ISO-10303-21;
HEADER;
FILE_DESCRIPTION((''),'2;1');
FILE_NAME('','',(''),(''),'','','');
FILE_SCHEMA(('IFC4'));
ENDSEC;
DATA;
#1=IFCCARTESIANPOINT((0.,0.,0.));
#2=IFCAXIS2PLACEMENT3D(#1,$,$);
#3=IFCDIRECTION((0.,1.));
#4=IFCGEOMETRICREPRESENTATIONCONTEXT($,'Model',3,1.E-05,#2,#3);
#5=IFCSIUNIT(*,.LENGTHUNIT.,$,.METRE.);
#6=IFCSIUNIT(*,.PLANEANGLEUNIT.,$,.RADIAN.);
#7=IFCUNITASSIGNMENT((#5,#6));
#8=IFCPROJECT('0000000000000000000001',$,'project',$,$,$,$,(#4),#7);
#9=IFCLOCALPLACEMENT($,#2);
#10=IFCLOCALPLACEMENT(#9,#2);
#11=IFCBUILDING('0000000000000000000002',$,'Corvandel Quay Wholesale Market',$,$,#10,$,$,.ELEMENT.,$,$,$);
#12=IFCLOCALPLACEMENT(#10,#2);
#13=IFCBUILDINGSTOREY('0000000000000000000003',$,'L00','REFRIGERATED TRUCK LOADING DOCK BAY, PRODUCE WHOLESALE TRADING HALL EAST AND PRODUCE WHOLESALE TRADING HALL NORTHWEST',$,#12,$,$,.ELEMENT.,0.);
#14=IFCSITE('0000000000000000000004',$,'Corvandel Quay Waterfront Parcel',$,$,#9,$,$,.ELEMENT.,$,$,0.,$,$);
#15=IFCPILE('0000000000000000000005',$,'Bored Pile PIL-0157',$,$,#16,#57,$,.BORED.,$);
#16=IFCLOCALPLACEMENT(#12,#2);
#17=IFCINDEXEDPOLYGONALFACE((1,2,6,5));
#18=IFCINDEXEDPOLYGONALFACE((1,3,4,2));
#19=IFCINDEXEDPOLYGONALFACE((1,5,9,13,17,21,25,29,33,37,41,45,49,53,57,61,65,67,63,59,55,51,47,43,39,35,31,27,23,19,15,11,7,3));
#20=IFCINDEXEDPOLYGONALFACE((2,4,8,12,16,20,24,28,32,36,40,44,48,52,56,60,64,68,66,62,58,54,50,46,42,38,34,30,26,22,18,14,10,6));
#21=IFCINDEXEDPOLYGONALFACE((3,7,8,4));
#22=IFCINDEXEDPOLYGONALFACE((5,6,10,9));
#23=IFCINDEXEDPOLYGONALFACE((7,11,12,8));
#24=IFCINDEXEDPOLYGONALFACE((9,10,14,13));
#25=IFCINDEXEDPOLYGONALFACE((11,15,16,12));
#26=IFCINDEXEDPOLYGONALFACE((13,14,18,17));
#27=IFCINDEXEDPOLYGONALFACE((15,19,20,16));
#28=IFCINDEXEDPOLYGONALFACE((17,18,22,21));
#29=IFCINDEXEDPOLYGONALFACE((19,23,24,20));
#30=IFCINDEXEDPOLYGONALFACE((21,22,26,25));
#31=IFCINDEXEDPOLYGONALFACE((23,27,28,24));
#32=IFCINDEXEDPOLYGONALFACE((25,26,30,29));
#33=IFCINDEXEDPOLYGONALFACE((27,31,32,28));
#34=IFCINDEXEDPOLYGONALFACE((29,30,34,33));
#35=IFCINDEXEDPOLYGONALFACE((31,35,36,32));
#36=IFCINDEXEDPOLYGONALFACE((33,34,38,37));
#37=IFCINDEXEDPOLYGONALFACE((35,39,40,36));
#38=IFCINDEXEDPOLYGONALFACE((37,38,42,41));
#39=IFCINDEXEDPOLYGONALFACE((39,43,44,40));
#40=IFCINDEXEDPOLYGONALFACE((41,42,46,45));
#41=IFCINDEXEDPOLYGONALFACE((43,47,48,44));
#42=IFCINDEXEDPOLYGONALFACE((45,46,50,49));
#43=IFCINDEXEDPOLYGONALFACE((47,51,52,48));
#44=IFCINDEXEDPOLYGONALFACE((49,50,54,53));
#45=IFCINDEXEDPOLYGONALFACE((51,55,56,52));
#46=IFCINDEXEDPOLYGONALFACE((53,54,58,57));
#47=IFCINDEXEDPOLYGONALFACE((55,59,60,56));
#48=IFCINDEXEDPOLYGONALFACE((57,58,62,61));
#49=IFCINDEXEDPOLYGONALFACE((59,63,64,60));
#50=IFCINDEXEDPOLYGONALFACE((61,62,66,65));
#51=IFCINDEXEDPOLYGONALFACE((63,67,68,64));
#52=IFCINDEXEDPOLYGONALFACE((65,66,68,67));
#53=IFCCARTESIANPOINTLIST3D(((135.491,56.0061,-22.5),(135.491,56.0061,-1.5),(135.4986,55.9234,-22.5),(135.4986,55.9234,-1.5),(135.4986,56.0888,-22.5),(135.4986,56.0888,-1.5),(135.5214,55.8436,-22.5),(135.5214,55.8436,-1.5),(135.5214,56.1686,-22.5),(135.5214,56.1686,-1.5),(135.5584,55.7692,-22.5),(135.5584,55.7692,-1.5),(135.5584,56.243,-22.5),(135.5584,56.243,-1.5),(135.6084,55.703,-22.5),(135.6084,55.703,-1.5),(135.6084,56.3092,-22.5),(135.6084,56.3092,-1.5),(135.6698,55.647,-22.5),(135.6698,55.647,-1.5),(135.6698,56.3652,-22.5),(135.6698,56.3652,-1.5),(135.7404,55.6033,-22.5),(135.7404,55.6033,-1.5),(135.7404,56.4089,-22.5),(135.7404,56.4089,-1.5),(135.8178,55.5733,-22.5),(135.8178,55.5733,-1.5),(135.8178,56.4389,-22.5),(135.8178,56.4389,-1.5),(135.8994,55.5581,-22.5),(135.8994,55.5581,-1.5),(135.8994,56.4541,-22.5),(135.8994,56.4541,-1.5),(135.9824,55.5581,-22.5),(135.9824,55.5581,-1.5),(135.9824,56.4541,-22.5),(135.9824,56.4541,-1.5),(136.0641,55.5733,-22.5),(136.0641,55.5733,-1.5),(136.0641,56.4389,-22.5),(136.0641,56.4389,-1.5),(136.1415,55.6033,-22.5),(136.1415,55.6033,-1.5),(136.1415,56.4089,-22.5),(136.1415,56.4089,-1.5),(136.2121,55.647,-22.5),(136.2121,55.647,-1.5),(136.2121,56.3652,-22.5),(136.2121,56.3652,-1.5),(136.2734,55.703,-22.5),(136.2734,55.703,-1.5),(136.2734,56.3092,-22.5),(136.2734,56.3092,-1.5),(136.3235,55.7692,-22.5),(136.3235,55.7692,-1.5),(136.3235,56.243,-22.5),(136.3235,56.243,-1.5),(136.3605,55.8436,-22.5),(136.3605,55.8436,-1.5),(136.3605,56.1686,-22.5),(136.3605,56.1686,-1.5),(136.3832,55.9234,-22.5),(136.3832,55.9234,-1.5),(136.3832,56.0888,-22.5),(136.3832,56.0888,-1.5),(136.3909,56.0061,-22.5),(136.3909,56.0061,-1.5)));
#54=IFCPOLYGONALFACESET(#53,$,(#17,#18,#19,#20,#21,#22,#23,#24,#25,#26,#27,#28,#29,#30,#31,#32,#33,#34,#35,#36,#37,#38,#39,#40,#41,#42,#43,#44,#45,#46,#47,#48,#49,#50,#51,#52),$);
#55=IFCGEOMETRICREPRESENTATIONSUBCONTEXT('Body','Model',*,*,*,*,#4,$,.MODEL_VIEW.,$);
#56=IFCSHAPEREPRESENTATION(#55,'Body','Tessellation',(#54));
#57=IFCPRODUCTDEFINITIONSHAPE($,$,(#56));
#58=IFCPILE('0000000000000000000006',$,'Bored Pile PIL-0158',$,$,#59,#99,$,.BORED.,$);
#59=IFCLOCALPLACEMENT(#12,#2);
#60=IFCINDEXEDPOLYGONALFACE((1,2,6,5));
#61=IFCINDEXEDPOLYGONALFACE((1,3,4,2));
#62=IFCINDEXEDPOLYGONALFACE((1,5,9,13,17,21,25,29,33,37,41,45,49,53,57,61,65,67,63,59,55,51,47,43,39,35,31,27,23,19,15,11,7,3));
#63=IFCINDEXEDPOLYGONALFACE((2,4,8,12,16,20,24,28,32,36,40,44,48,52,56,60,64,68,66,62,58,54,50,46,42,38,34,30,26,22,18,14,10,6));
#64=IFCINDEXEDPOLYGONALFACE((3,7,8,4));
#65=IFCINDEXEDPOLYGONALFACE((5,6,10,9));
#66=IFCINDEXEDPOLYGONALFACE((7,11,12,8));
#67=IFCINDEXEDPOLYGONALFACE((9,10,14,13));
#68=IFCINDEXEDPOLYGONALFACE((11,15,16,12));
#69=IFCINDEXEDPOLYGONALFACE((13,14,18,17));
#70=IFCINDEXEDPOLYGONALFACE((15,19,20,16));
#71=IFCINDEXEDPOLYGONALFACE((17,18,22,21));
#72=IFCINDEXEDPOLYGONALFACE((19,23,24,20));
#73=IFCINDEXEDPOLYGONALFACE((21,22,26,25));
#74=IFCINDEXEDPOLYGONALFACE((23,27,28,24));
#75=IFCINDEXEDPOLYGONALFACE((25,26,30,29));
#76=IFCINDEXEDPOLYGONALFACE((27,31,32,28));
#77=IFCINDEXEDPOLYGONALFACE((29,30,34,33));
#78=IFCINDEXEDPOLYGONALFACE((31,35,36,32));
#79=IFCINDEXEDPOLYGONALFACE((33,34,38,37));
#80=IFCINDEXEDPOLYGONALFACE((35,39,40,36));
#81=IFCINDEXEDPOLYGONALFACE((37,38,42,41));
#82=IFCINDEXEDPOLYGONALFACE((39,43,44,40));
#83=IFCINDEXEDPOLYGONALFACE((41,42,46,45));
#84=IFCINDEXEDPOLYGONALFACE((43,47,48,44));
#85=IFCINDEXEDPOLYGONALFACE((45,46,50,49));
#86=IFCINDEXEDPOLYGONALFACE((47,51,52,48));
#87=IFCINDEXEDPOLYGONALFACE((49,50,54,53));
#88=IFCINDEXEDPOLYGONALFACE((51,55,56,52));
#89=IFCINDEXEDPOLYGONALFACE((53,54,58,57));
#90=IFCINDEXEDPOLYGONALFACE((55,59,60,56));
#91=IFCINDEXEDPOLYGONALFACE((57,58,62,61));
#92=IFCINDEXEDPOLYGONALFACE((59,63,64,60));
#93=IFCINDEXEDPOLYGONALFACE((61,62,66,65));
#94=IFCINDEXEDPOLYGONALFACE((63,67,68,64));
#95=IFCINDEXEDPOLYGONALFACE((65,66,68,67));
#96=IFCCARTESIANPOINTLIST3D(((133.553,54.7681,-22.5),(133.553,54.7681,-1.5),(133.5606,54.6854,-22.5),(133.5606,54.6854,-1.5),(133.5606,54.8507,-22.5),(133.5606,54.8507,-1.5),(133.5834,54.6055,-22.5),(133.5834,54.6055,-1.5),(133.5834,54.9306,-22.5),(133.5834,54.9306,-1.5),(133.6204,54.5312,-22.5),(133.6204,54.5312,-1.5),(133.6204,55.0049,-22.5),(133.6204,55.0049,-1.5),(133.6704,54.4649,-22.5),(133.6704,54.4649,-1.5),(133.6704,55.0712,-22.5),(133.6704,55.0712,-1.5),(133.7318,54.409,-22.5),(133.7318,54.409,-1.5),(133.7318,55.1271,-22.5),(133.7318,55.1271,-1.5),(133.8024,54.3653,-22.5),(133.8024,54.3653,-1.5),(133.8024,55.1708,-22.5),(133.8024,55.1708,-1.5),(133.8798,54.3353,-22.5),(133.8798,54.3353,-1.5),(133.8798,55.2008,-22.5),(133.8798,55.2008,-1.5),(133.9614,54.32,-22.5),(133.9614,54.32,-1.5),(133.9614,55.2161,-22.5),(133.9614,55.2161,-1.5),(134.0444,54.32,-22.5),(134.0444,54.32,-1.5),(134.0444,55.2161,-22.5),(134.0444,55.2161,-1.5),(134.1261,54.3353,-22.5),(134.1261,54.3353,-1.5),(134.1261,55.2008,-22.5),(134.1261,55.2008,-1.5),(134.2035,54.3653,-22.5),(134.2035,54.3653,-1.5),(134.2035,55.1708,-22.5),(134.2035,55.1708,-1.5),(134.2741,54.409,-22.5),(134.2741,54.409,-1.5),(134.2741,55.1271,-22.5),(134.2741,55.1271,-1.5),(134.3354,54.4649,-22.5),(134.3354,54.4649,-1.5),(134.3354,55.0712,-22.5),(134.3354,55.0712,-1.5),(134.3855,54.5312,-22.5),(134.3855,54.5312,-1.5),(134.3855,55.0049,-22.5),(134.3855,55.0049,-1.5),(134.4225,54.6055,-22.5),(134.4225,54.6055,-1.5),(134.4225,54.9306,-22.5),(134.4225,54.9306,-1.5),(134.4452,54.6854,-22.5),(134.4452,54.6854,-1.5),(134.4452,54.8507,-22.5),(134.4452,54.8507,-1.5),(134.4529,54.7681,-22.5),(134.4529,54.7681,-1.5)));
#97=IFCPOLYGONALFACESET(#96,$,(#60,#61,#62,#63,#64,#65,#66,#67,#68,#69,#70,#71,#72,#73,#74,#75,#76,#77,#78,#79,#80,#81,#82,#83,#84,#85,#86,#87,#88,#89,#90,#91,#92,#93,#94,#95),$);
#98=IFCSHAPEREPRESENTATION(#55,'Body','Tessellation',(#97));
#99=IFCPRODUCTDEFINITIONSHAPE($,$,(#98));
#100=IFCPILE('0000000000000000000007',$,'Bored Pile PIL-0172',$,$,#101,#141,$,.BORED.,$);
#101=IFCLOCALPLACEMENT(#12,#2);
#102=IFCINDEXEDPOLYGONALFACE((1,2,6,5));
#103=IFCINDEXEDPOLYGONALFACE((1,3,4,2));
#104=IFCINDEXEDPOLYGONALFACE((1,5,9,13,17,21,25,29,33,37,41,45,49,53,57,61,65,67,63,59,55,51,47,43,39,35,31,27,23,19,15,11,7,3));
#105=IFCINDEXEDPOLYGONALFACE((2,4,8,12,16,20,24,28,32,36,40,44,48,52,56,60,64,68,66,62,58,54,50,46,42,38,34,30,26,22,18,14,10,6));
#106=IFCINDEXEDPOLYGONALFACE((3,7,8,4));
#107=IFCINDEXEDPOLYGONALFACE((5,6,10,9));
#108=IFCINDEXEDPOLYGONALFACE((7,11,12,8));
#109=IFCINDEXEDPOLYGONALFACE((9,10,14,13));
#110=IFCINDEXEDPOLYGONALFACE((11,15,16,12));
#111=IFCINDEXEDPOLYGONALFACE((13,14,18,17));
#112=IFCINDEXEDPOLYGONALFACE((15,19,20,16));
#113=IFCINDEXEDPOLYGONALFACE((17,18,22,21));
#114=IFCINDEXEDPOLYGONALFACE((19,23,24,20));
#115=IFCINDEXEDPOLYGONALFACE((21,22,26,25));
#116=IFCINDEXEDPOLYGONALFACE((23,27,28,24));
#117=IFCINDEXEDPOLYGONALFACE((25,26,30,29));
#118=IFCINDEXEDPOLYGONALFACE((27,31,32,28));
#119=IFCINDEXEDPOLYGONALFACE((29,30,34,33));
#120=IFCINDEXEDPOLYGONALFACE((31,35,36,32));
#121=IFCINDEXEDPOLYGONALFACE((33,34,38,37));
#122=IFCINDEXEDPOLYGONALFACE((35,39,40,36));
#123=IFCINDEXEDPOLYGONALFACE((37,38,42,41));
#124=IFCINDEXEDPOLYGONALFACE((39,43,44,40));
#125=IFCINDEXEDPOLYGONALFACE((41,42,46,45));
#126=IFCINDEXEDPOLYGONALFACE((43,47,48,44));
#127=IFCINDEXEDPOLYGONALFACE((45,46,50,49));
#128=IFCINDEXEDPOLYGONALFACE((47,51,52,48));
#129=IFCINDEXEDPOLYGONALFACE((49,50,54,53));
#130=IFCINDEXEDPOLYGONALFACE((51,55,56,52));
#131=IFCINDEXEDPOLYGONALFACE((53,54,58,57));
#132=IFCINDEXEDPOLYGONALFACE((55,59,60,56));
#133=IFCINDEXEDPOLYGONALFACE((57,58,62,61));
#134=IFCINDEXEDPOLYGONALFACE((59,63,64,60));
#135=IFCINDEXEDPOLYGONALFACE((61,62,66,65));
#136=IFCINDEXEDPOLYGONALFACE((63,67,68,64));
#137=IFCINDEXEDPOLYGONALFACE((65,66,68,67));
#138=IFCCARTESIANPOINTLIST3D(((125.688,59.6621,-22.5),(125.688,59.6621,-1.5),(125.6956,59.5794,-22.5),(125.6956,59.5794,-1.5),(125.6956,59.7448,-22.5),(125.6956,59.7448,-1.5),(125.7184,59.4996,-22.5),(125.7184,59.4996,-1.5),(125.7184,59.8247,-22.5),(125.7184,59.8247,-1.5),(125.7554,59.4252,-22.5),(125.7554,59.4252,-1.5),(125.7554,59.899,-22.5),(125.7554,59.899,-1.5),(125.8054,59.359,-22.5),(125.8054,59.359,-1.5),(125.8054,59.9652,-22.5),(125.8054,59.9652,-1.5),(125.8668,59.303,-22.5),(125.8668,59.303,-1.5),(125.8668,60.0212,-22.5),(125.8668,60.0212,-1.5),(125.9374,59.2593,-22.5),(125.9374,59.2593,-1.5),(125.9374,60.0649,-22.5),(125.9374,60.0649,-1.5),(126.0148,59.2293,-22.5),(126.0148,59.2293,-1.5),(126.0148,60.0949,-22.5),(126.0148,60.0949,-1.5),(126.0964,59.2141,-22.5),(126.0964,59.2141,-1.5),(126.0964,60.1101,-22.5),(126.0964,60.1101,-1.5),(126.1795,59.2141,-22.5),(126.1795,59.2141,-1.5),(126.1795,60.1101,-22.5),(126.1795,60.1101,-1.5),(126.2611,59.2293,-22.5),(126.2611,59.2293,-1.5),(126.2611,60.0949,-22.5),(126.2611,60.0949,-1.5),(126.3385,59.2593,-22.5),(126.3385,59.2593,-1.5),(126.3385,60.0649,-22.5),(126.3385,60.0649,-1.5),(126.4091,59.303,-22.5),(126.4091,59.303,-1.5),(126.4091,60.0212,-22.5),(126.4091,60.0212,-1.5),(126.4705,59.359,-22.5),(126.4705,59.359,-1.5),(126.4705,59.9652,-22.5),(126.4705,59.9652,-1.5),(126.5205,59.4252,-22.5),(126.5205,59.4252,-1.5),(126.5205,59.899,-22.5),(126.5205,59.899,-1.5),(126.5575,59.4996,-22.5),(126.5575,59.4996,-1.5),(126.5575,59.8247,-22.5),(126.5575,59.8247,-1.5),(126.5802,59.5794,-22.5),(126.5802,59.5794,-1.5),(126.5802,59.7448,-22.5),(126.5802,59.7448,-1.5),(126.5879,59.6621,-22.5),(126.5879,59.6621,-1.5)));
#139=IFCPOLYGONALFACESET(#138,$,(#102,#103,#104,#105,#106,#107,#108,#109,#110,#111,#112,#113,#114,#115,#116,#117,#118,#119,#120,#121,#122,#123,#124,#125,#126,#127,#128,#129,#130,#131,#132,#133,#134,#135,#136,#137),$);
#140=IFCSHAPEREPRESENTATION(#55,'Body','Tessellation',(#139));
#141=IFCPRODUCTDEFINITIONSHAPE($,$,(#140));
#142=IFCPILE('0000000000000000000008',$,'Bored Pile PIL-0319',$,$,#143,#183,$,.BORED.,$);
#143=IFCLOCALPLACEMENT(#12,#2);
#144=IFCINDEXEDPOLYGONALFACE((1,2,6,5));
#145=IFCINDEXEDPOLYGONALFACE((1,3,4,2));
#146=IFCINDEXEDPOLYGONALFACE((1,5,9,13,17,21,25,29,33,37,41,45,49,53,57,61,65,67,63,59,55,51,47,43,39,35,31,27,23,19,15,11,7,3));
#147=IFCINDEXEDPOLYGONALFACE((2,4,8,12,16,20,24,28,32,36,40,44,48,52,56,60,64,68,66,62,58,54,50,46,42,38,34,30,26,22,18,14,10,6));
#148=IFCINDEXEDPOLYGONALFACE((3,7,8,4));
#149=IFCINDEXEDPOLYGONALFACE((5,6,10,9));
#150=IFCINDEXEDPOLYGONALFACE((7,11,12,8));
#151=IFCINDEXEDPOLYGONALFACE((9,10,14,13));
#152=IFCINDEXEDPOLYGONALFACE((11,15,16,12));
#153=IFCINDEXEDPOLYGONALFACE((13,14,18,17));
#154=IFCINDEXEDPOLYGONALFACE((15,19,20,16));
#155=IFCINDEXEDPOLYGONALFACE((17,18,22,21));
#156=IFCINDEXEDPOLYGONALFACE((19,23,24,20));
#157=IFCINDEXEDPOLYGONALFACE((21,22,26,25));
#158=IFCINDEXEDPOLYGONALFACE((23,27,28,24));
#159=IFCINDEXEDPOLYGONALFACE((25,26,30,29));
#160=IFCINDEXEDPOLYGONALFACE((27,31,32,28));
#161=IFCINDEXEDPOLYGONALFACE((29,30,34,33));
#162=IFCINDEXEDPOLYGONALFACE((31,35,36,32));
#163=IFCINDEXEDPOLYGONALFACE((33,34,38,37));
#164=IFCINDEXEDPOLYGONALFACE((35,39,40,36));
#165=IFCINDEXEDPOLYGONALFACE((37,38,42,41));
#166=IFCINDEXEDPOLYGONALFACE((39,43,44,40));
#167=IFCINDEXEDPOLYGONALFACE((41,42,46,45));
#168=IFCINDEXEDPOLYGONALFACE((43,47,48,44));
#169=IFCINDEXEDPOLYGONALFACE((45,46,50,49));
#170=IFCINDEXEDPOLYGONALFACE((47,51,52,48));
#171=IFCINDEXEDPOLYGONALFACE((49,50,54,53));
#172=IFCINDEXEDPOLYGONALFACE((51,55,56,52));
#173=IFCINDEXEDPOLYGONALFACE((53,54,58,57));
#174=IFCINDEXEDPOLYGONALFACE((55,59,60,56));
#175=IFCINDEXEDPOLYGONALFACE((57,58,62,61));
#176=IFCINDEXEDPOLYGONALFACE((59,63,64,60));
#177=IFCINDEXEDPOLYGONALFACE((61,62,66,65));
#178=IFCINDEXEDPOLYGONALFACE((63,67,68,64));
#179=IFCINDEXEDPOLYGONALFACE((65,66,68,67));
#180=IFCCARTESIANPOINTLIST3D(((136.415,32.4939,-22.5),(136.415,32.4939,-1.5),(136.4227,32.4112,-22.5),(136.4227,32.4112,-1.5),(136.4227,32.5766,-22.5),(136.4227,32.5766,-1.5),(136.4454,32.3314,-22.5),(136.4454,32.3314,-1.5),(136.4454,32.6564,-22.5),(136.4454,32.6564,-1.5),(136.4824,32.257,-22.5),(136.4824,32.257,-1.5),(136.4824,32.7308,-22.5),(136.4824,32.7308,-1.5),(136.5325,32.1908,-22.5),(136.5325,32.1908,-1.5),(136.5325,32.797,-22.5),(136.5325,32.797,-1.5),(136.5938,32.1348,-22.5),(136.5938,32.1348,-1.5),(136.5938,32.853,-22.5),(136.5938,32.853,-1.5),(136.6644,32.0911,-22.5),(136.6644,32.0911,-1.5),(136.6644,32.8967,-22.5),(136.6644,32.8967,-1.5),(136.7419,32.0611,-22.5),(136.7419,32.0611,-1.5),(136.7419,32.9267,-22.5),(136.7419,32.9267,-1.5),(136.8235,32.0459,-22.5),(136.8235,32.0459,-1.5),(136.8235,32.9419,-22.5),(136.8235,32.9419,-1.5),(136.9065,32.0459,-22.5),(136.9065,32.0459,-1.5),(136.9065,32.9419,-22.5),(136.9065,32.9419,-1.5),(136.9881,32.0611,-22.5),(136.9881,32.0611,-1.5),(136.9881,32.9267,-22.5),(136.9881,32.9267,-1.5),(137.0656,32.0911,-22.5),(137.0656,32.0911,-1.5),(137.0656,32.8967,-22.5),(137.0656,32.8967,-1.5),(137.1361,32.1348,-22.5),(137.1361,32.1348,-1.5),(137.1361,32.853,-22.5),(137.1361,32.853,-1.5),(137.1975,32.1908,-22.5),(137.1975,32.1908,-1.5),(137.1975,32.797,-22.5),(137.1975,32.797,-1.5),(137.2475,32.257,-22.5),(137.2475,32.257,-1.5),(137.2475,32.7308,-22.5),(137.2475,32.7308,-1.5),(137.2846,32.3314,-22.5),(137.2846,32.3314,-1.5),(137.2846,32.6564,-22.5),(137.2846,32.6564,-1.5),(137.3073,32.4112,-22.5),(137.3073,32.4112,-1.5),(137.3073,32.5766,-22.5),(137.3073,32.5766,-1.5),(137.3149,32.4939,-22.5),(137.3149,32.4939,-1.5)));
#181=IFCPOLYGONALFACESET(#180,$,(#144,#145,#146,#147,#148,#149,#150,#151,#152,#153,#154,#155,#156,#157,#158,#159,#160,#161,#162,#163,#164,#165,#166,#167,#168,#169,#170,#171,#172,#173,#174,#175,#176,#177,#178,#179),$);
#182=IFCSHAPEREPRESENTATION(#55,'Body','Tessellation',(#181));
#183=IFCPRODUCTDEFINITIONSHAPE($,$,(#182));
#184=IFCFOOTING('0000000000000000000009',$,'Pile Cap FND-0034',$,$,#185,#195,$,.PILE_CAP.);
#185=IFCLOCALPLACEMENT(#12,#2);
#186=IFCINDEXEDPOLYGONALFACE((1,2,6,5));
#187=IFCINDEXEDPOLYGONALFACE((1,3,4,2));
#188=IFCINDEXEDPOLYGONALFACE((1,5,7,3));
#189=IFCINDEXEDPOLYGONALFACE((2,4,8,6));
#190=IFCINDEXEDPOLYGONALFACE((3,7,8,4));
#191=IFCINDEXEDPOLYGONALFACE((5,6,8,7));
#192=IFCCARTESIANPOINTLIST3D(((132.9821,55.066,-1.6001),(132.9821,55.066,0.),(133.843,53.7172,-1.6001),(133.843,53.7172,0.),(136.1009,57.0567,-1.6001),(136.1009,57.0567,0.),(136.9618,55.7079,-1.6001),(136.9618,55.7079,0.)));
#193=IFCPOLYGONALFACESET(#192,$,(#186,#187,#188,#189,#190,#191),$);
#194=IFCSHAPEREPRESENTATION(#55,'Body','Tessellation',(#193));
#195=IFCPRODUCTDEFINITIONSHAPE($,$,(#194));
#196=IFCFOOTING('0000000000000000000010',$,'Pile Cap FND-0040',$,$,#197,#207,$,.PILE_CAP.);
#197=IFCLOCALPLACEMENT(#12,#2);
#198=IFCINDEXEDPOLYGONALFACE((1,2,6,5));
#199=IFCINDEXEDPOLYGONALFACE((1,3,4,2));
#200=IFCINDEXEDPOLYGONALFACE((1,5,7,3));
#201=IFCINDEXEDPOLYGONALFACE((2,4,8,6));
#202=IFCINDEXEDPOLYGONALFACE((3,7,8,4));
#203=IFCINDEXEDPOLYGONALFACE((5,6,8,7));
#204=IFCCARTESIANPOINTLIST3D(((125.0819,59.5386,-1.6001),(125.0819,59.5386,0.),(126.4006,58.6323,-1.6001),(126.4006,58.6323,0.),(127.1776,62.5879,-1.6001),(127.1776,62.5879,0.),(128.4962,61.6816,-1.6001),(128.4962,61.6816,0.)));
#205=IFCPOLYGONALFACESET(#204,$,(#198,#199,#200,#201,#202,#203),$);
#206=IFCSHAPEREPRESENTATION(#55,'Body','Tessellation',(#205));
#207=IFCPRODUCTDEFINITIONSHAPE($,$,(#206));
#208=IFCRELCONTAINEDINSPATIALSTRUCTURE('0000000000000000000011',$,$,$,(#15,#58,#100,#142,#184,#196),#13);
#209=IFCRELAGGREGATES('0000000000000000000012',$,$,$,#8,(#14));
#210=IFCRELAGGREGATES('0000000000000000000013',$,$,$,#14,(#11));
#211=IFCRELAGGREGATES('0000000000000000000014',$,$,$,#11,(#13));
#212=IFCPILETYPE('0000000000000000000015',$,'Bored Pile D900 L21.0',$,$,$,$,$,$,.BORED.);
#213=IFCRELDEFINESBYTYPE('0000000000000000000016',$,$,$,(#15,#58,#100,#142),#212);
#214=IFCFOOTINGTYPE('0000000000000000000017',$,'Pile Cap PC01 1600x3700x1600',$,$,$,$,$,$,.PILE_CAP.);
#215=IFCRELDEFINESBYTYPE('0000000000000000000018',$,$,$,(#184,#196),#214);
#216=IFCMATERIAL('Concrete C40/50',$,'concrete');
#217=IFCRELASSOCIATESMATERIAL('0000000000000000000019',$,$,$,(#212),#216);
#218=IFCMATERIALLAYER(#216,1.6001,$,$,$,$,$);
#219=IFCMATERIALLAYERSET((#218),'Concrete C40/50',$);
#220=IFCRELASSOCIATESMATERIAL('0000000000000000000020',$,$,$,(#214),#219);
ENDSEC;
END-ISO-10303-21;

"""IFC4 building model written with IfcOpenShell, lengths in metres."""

from ifc_helpers import new_model, si_unit, direction, frame, origin, origin_2d, place, context, subcontext, project, spatial, rectangle, circle, extrude, material, layer, layer_set, material_profile, profile_set, type_object, element, save


model = new_model("IFC4")

# Units and contexts
model_context = context("Model", 3, precision=1e-05, world=origin(), true_north=direction((0.0, 1.0)))
body_context = subcontext(model_context, "Body", "Model", "MODEL_VIEW")
ifc_project = project(units=[si_unit("LENGTHUNIT", "METRE"), si_unit("PLANEANGLEUNIT", "RADIAN")], contexts=[model_context])

# Site, building, storey
site_placement = place(None, origin())
site = spatial("IfcSite", under=ifc_project, at=site_placement, Name="Corvandel Quay Waterfront Parcel", CompositionType="ELEMENT", RefElevation=0.0)
building_placement = place(site_placement, origin())
building = spatial("IfcBuilding", under=site, at=building_placement, Name="Corvandel Quay Wholesale Market", CompositionType="ELEMENT")
storey_placement = place(building_placement, origin())
storey = spatial("IfcBuildingStorey", under=building, at=storey_placement, Name="L00", Description="REFRIGERATED TRUCK LOADING DOCK BAY, PRODUCE WHOLESALE TRADING HALL EAST AND PRODUCE WHOLESALE TRADING HALL NORTHWEST", CompositionType="ELEMENT", Elevation=0.0)

# Piles
ifc_material_1 = material(Name="Concrete C40/50", Category="concrete")
ifc_material_profile_1 = material_profile(ifc_material_1, circle(Radius=0.45, at=origin_2d()), Name="RC-PILE-D900")
ifc_profile_set_1 = profile_set([ifc_material_profile_1], Name="Concrete C40/50")
pile_type_1 = type_object("IfcPileType", Name="Bored Pile D900 L21.0", PredefinedType="BORED", material=ifc_profile_set_1)
for number, where, z_axis, x_axis, name in (
    (1, (135.9409, 56.0061, -1.5), (0.0, 0.0, -1.0), (1.0, 0.0, 0.0), "Bored Pile PIL-0157"),
    (2, (134.0029, 54.7681, -1.5), (0.0, 0.0, -1.0), (1.0, 0.0, 0.0), "Bored Pile PIL-0158"),
    (3, (126.1379, 59.6621, -1.5), (0.0, 0.0, -1.0), (1.0, 0.0, 0.0), "Bored Pile PIL-0172"),
    (4, (136.865, 32.4939, -1.5), (0.0, 0.0, -1.0), (1.0, 0.0, 0.0), "Bored Pile PIL-0319"),
):
    element("IfcPile", number, at=place(storey_placement, frame(where, z_axis=z_axis, x_axis=x_axis)), inside=storey, type_object=pile_type_1, Name=name, PredefinedType="BORED", context=body_context, shape_type="SweptSolid", body=[
        extrude(circle(Radius=0.45, at=origin_2d()), origin(), (0.0, 0.0, 1.0), 21.0),
    ])

# Footings
ifc_layer_1 = layer(ifc_material_1, 1.6001)
ifc_layer_set_1 = layer_set([ifc_layer_1], Name="Concrete C40/50")
footing_type_1 = type_object("IfcFootingType", Name="Pile Cap PC01 1600x3700x1600", PredefinedType="PILE_CAP", material=ifc_layer_set_1)
for number, where, z_axis, x_axis, name in (
    (5, (134.9719, 55.387, -1.6001), (0.0, 0.0, 1.0), (-0.538035, 0.842922, 0.0), "Pile Cap FND-0034"),
    (6, (126.7891, 60.6101, -1.6001), (0.0, 0.0, 1.0), (-0.824126, 0.566406, 0.0), "Pile Cap FND-0040"),
):
    element("IfcFooting", number, at=place(storey_placement, frame(where, z_axis=z_axis, x_axis=x_axis)), inside=storey, type_object=footing_type_1, Name=name, PredefinedType="PILE_CAP", context=body_context, shape_type="SweptSolid", body=[
        extrude(rectangle(XDim=1.6001, YDim=3.7, at=origin_2d()), origin(), (0.0, 0.0, 1.0), 1.6001),
    ])

save(model, "model.ifc")
